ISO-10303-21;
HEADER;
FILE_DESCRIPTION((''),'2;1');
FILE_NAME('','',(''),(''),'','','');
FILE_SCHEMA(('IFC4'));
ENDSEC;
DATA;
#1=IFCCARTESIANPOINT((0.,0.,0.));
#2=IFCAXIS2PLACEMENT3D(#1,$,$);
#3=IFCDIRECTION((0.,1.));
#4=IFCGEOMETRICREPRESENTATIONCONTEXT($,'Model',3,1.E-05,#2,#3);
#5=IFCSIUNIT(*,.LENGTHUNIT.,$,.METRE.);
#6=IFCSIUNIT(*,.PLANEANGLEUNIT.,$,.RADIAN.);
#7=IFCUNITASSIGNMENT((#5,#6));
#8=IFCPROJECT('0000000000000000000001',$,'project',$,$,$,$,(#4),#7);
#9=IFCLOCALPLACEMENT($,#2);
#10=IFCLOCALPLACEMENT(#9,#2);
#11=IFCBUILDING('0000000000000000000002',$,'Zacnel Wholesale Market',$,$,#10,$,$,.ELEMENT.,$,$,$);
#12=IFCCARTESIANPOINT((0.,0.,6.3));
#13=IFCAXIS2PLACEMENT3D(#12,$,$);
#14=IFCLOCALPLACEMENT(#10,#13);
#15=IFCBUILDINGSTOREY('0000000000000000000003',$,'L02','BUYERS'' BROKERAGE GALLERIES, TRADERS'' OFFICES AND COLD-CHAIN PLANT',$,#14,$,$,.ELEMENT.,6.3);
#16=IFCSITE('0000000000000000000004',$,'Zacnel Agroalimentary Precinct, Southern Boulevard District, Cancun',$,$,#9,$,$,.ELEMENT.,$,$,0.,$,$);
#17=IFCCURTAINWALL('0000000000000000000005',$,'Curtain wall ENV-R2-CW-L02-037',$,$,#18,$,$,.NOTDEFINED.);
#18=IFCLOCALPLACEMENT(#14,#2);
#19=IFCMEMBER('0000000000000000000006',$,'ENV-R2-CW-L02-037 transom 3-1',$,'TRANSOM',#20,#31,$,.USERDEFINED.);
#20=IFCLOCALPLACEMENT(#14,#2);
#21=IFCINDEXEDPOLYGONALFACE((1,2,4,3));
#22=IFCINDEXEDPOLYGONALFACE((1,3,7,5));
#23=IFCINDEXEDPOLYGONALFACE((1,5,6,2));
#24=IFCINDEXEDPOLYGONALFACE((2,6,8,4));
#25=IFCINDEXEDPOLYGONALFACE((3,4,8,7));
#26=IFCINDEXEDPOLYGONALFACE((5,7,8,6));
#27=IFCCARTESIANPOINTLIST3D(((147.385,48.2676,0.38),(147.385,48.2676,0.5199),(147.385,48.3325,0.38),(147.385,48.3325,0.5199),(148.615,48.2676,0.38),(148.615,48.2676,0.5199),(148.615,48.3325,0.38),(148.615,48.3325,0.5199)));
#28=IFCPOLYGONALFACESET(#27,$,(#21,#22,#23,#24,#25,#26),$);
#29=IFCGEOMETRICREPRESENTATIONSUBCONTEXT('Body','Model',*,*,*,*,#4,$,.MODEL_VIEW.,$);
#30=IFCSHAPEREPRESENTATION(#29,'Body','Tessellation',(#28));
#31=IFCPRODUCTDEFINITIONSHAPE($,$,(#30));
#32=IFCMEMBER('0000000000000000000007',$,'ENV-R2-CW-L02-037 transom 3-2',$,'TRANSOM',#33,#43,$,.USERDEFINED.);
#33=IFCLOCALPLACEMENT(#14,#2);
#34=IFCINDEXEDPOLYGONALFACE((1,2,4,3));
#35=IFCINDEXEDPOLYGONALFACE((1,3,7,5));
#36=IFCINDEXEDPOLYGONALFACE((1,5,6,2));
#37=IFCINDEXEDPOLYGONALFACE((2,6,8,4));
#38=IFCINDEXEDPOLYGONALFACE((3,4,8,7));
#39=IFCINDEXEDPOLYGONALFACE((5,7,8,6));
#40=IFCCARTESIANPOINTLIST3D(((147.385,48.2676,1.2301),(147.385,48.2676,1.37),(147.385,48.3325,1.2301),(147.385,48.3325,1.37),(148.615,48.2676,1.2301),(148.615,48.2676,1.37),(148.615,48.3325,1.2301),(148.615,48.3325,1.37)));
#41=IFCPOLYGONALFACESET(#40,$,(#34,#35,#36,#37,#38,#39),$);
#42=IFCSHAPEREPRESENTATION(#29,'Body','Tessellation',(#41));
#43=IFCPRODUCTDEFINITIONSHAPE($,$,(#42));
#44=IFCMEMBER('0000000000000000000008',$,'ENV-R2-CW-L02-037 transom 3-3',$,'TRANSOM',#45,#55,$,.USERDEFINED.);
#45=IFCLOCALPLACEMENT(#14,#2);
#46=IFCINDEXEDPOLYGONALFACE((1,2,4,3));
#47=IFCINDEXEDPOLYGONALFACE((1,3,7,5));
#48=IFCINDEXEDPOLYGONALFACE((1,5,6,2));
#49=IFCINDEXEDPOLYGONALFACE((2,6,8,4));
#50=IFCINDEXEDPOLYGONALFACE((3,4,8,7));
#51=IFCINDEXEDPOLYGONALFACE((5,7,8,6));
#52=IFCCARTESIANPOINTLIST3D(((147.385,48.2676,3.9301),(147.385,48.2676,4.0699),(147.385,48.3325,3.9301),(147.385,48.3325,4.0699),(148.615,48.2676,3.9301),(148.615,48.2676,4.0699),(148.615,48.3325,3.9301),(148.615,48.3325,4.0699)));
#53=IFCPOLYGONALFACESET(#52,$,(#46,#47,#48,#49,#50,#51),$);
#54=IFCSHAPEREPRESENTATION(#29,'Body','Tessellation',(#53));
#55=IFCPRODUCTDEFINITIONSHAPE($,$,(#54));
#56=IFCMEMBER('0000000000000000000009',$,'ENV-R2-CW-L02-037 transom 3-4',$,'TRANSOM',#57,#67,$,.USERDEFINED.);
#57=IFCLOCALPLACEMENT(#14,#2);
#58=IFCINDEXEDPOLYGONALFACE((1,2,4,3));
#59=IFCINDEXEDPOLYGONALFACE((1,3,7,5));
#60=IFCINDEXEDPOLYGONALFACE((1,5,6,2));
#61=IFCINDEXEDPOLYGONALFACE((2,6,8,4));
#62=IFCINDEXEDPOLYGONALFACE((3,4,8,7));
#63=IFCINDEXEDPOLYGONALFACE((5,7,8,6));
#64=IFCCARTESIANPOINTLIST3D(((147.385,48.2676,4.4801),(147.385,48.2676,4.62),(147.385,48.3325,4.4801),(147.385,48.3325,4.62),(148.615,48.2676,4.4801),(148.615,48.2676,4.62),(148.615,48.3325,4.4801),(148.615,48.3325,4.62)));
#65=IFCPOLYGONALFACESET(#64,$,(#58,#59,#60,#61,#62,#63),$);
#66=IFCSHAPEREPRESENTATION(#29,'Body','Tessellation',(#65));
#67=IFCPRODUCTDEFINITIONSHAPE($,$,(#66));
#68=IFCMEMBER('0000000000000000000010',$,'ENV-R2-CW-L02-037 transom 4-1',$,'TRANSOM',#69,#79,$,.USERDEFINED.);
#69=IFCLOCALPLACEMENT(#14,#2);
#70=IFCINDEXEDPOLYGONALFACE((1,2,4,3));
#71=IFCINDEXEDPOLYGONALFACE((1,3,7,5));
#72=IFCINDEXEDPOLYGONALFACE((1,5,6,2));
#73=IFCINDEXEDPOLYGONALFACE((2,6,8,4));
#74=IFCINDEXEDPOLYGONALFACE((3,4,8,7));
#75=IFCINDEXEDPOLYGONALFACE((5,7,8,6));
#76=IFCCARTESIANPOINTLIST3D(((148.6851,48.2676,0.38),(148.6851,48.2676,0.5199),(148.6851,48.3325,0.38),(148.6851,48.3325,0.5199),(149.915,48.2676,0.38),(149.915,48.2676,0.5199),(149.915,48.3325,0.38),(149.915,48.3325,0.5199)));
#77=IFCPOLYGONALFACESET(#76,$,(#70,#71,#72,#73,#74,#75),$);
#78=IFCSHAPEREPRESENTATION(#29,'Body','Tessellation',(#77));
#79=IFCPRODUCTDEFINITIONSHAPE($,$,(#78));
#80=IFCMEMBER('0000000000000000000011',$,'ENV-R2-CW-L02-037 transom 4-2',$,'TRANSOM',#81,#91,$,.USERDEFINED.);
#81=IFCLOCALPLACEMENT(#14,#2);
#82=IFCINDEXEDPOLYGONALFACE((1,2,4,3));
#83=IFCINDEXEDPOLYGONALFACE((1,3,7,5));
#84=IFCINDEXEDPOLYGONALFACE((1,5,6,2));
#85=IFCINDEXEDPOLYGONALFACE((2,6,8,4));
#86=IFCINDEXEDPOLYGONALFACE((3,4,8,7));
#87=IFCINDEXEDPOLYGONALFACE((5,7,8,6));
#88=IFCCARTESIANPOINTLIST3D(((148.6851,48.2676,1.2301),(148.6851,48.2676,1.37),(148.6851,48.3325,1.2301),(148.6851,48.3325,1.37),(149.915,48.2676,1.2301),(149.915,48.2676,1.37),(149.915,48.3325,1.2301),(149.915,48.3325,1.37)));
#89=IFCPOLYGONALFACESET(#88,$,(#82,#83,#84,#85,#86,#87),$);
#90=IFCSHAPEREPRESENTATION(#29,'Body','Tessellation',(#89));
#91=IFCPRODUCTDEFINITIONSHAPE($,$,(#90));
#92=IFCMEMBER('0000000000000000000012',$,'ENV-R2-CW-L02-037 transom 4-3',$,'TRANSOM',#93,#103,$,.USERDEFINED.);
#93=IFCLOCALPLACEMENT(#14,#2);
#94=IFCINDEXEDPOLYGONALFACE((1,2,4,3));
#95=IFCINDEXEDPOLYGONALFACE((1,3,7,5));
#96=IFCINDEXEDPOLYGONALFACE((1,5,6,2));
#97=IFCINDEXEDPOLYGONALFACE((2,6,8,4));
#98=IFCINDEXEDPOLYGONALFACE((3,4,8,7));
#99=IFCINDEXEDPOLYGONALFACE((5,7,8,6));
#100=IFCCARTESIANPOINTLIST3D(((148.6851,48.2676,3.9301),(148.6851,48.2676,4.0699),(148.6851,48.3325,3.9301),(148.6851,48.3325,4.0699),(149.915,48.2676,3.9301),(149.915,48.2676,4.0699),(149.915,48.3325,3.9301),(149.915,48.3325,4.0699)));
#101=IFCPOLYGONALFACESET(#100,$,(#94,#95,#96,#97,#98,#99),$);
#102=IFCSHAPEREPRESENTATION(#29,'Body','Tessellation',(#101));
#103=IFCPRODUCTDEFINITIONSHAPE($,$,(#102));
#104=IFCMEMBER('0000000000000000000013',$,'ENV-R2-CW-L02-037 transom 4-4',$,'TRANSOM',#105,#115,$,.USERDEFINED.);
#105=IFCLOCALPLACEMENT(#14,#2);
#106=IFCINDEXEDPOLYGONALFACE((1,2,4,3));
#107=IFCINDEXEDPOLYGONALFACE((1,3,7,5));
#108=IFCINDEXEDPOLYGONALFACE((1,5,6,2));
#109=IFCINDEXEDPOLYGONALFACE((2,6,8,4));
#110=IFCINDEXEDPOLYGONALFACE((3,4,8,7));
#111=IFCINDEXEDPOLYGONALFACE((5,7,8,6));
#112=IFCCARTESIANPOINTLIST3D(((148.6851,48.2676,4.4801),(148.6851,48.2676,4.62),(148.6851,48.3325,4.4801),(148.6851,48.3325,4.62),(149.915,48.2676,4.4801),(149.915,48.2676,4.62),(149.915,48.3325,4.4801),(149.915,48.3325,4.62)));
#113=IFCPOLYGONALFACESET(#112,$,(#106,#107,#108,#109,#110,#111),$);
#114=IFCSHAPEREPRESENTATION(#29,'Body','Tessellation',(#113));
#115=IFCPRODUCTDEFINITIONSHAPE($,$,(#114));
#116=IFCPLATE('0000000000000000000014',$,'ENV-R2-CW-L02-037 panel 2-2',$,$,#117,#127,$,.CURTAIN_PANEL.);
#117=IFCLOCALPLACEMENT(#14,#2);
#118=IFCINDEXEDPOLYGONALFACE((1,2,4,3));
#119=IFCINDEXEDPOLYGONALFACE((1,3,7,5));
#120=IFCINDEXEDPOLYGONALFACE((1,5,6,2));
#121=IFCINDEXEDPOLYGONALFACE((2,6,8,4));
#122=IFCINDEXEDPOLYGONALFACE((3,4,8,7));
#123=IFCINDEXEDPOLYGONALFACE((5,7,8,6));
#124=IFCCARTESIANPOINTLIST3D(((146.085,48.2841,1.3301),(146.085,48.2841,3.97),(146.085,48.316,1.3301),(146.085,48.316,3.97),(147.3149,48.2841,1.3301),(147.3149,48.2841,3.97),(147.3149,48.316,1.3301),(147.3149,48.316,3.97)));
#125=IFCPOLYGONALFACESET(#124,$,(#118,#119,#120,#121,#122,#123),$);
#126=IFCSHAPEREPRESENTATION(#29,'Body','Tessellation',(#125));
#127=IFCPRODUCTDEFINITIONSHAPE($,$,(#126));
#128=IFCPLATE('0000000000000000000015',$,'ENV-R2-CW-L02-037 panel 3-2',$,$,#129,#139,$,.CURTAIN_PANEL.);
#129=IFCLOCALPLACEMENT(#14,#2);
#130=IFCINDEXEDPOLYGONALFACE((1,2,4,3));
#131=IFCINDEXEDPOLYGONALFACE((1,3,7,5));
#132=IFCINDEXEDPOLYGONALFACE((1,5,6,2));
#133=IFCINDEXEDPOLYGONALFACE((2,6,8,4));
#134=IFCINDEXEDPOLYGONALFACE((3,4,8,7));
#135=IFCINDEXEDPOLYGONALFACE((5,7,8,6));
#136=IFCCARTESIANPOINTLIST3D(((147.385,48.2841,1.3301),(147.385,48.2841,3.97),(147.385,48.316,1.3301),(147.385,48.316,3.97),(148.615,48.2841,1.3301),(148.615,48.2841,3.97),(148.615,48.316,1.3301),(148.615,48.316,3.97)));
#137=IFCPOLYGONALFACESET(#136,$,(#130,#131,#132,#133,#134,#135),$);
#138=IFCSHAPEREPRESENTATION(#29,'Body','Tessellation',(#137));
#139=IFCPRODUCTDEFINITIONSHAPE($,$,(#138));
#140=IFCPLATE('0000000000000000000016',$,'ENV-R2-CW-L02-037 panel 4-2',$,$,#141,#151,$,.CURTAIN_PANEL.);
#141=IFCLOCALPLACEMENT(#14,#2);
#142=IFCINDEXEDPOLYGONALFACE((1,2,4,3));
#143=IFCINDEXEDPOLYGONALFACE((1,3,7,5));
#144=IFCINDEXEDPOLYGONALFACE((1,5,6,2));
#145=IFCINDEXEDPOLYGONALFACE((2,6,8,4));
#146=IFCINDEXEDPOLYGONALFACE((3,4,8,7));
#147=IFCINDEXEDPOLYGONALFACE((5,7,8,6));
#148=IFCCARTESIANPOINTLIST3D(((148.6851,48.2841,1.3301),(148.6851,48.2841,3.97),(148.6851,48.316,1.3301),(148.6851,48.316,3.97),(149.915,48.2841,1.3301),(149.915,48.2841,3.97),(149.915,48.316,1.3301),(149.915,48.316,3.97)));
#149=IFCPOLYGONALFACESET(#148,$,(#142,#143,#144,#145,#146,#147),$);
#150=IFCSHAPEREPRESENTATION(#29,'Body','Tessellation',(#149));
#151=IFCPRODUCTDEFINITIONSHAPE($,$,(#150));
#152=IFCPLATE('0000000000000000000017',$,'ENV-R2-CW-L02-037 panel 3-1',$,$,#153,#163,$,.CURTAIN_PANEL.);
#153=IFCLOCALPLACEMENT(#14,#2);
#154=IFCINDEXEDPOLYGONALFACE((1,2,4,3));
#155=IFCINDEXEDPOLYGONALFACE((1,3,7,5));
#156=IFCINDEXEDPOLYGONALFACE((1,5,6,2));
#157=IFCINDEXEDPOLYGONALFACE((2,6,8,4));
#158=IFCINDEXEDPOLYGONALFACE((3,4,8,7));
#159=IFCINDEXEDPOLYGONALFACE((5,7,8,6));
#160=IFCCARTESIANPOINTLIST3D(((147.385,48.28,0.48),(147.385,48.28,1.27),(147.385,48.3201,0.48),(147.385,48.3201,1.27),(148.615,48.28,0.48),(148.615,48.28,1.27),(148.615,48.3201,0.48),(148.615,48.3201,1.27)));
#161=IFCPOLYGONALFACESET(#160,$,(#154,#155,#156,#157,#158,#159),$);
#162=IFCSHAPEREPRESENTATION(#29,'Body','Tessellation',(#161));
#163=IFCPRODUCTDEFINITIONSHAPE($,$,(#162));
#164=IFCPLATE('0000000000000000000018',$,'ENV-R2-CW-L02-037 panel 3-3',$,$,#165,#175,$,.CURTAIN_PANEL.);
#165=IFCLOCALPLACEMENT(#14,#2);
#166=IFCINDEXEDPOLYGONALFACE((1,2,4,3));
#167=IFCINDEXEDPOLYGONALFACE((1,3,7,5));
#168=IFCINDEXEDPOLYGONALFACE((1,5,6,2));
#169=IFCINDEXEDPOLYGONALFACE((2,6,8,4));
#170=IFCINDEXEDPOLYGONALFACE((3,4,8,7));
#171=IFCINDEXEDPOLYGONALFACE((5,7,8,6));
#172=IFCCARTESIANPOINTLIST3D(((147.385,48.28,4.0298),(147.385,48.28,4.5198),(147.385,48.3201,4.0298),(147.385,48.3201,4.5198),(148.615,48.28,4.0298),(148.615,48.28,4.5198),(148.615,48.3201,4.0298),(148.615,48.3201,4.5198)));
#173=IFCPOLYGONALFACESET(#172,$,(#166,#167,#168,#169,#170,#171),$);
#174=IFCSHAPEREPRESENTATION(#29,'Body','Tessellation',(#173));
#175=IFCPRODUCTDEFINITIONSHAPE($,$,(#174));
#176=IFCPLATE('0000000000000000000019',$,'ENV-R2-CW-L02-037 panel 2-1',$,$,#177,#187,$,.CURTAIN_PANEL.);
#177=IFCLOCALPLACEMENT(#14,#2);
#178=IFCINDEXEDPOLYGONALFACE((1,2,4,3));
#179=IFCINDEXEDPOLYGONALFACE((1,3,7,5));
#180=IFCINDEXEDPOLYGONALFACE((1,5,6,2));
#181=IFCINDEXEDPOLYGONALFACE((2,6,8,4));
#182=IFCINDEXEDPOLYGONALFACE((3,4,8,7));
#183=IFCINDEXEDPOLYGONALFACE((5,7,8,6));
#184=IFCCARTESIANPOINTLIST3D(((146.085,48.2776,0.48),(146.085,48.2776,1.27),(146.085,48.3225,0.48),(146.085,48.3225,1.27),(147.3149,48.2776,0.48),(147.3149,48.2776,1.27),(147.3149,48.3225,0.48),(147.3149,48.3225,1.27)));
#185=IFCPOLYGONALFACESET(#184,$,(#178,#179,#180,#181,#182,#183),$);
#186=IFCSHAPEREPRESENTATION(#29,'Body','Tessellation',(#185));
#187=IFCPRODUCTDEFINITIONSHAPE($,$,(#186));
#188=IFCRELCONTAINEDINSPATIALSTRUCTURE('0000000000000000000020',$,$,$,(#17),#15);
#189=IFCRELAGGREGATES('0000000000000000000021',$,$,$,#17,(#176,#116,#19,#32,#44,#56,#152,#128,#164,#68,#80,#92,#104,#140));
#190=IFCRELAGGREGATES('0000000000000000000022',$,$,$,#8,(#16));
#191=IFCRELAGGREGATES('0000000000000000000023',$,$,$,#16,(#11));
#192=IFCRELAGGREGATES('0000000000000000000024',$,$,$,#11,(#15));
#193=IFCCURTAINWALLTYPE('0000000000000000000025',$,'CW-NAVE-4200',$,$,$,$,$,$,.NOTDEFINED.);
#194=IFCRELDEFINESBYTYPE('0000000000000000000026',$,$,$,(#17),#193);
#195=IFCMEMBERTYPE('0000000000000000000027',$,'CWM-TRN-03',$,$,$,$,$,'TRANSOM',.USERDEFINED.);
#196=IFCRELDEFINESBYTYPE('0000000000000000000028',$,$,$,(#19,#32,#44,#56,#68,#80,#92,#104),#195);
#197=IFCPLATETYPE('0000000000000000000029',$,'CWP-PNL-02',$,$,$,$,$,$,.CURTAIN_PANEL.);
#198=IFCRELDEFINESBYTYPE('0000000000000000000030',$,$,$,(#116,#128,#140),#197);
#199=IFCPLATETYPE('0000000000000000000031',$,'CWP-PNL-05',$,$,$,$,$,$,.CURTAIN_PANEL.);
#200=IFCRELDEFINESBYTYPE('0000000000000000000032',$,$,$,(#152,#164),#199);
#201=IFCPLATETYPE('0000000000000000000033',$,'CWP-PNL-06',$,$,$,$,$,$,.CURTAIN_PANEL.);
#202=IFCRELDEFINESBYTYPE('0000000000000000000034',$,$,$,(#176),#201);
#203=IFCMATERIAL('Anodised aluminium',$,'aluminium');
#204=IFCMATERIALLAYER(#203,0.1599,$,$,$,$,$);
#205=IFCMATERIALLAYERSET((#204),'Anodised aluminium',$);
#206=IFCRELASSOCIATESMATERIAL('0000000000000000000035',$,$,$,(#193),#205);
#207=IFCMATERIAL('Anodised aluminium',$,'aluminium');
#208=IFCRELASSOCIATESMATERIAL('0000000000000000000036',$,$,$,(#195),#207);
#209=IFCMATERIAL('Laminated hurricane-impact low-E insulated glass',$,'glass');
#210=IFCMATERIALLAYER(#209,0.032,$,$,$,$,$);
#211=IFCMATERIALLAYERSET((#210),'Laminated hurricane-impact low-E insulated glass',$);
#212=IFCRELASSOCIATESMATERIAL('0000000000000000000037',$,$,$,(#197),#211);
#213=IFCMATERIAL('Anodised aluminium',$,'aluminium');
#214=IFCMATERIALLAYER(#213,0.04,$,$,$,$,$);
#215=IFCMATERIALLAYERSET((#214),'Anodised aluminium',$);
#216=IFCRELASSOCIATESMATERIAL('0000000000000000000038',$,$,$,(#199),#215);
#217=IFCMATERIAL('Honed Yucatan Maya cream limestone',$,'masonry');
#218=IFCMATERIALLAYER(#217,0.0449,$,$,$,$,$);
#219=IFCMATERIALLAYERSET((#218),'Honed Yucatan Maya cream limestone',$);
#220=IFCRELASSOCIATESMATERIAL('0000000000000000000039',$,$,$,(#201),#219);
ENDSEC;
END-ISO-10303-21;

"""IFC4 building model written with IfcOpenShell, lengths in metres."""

from ifc_helpers import new_model, si_unit, direction, frame, origin, origin_2d, place, context, subcontext, project, spatial, rectangle, extrude, material, layer, layer_set, material_profile, profile_set, type_object, element, aggregate, save


model = new_model("IFC4")

# Units and contexts
model_context = context("Model", 3, precision=1e-05, world=origin(), true_north=direction((0.0, 1.0)))
body_context = subcontext(model_context, "Body", "Model", "MODEL_VIEW")
ifc_project = project(units=[si_unit("LENGTHUNIT", "METRE"), si_unit("PLANEANGLEUNIT", "RADIAN")], contexts=[model_context])

# Site, building, storey
site_placement = place(None, origin())
site = spatial("IfcSite", under=ifc_project, at=site_placement, Name="Zacnel Agroalimentary Precinct, Southern Boulevard District, Cancun", CompositionType="ELEMENT", RefElevation=0.0)
building_placement = place(site_placement, origin())
building = spatial("IfcBuilding", under=site, at=building_placement, Name="Zacnel Wholesale Market", CompositionType="ELEMENT")
storey_placement = place(building_placement, frame((0.0, 0.0, 6.3)))
storey = spatial("IfcBuildingStorey", under=building, at=storey_placement, Name="L02", Description="BUYERS' BROKERAGE GALLERIES, TRADERS' OFFICES AND COLD-CHAIN PLANT", CompositionType="ELEMENT", Elevation=6.3)

# Curtain wall, members, plates
ifc_material_1 = material(Name="Anodised aluminium", Category="aluminium")
ifc_layer_1 = layer(ifc_material_1, 0.1599)
ifc_layer_set_1 = layer_set([ifc_layer_1], Name="Anodised aluminium")
curtain_wall_type = type_object("IfcCurtainWallType", Name="CW-NAVE-4200", PredefinedType="NOTDEFINED", material=ifc_layer_set_1)
curtain_wall_placement = place(storey_placement, origin())
curtain_wall = element("IfcCurtainWall", 1, at=curtain_wall_placement, inside=storey, type_object=curtain_wall_type, Name="Curtain wall ENV-R2-CW-L02-037", PredefinedType="NOTDEFINED")
ifc_material_2 = material(Name="Anodised aluminium", Category="aluminium")
ifc_material_profile_1 = material_profile(ifc_material_2, rectangle(XDim=0.0649, YDim=0.1399, at=origin_2d()), Name="AW-TRANSOM 65x140")
ifc_profile_set_1 = profile_set([ifc_material_profile_1], Name="Anodised aluminium")
member_type_1 = type_object("IfcMemberType", Name="CWM-TRN-03", ElementType="TRANSOM", PredefinedType="USERDEFINED", material=ifc_profile_set_1)
member_1_placement = place(storey_placement, frame((147.385, 48.3, 0.45), z_axis=(1.0, 0.0, 0.0), x_axis=(0.0, 1.0, 0.0)))
member_1 = element("IfcMember", 2, at=member_1_placement, type_object=member_type_1, Name="ENV-R2-CW-L02-037 transom 3-1", ObjectType="TRANSOM", PredefinedType="USERDEFINED", context=body_context, shape_type="SweptSolid", body=[
    extrude(rectangle(XDim=0.0649, YDim=0.1399, at=origin_2d()), origin(), (0.0, 0.0, 1.0), 1.23),
])
member_2_placement = place(storey_placement, frame((147.385, 48.3, 1.3), z_axis=(1.0, 0.0, 0.0), x_axis=(0.0, 1.0, 0.0)))
member_2 = element("IfcMember", 3, at=member_2_placement, type_object=member_type_1, Name="ENV-R2-CW-L02-037 transom 3-2", ObjectType="TRANSOM", PredefinedType="USERDEFINED", context=body_context, shape_type="SweptSolid", body=[
    extrude(rectangle(XDim=0.0649, YDim=0.1399, at=origin_2d()), origin(), (0.0, 0.0, 1.0), 1.23),
])
member_3_placement = place(storey_placement, frame((147.385, 48.3, 4.0), z_axis=(1.0, 0.0, 0.0), x_axis=(0.0, 1.0, 0.0)))
member_3 = element("IfcMember", 4, at=member_3_placement, type_object=member_type_1, Name="ENV-R2-CW-L02-037 transom 3-3", ObjectType="TRANSOM", PredefinedType="USERDEFINED", context=body_context, shape_type="SweptSolid", body=[
    extrude(rectangle(XDim=0.0649, YDim=0.1399, at=origin_2d()), origin(), (0.0, 0.0, 1.0), 1.23),
])
member_4_placement = place(storey_placement, frame((147.385, 48.3, 4.55), z_axis=(1.0, 0.0, 0.0), x_axis=(0.0, 1.0, 0.0)))
member_4 = element("IfcMember", 5, at=member_4_placement, type_object=member_type_1, Name="ENV-R2-CW-L02-037 transom 3-4", ObjectType="TRANSOM", PredefinedType="USERDEFINED", context=body_context, shape_type="SweptSolid", body=[
    extrude(rectangle(XDim=0.0649, YDim=0.1399, at=origin_2d()), origin(), (0.0, 0.0, 1.0), 1.23),
])
member_5_placement = place(storey_placement, frame((148.6851, 48.3, 0.45), z_axis=(1.0, 0.0, 0.0), x_axis=(0.0, 1.0, 0.0)))
member_5 = element("IfcMember", 6, at=member_5_placement, type_object=member_type_1, Name="ENV-R2-CW-L02-037 transom 4-1", ObjectType="TRANSOM", PredefinedType="USERDEFINED", context=body_context, shape_type="SweptSolid", body=[
    extrude(rectangle(XDim=0.0649, YDim=0.1399, at=origin_2d()), origin(), (0.0, 0.0, 1.0), 1.23),
])
member_6_placement = place(storey_placement, frame((148.6851, 48.3, 1.3), z_axis=(1.0, 0.0, 0.0), x_axis=(0.0, 1.0, 0.0)))
member_6 = element("IfcMember", 7, at=member_6_placement, type_object=member_type_1, Name="ENV-R2-CW-L02-037 transom 4-2", ObjectType="TRANSOM", PredefinedType="USERDEFINED", context=body_context, shape_type="SweptSolid", body=[
    extrude(rectangle(XDim=0.0649, YDim=0.1399, at=origin_2d()), origin(), (0.0, 0.0, 1.0), 1.23),
])
member_7_placement = place(storey_placement, frame((148.6851, 48.3, 4.0), z_axis=(1.0, 0.0, 0.0), x_axis=(0.0, 1.0, 0.0)))
member_7 = element("IfcMember", 8, at=member_7_placement, type_object=member_type_1, Name="ENV-R2-CW-L02-037 transom 4-3", ObjectType="TRANSOM", PredefinedType="USERDEFINED", context=body_context, shape_type="SweptSolid", body=[
    extrude(rectangle(XDim=0.0649, YDim=0.1399, at=origin_2d()), origin(), (0.0, 0.0, 1.0), 1.23),
])
member_8_placement = place(storey_placement, frame((148.6851, 48.3, 4.55), z_axis=(1.0, 0.0, 0.0), x_axis=(0.0, 1.0, 0.0)))
member_8 = element("IfcMember", 9, at=member_8_placement, type_object=member_type_1, Name="ENV-R2-CW-L02-037 transom 4-4", ObjectType="TRANSOM", PredefinedType="USERDEFINED", context=body_context, shape_type="SweptSolid", body=[
    extrude(rectangle(XDim=0.0649, YDim=0.1399, at=origin_2d()), origin(), (0.0, 0.0, 1.0), 1.23),
])
ifc_material_3 = material(Name="Laminated hurricane-impact low-E insulated glass", Category="glass")
ifc_layer_2 = layer(ifc_material_3, 0.032)
ifc_layer_set_2 = layer_set([ifc_layer_2], Name="Laminated hurricane-impact low-E insulated glass")
plate_type_1 = type_object("IfcPlateType", Name="CWP-PNL-02", PredefinedType="CURTAIN_PANEL", material=ifc_layer_set_2)
plate_1_placement = place(storey_placement, frame((146.7, 48.3, 1.3301), z_axis=(0.0, 0.0, 1.0), x_axis=(1.0, 0.0, 0.0)))
plate_1 = element("IfcPlate", 10, at=plate_1_placement, type_object=plate_type_1, Name="ENV-R2-CW-L02-037 panel 2-2", PredefinedType="CURTAIN_PANEL", context=body_context, shape_type="SweptSolid", body=[
    extrude(rectangle(XDim=1.23, YDim=0.032, at=origin_2d()), origin(), (0.0, 0.0, 1.0), 2.6399),
])
plate_2_placement = place(storey_placement, frame((148.0, 48.3, 1.3301), z_axis=(0.0, 0.0, 1.0), x_axis=(1.0, 0.0, 0.0)))
plate_2 = element("IfcPlate", 11, at=plate_2_placement, type_object=plate_type_1, Name="ENV-R2-CW-L02-037 panel 3-2", PredefinedType="CURTAIN_PANEL", context=body_context, shape_type="SweptSolid", body=[
    extrude(rectangle(XDim=1.23, YDim=0.032, at=origin_2d()), origin(), (0.0, 0.0, 1.0), 2.6399),
])
plate_3_placement = place(storey_placement, frame((149.3, 48.3, 1.3301), z_axis=(0.0, 0.0, 1.0), x_axis=(1.0, 0.0, 0.0)))
plate_3 = element("IfcPlate", 12, at=plate_3_placement, type_object=plate_type_1, Name="ENV-R2-CW-L02-037 panel 4-2", PredefinedType="CURTAIN_PANEL", context=body_context, shape_type="SweptSolid", body=[
    extrude(rectangle(XDim=1.23, YDim=0.032, at=origin_2d()), origin(), (0.0, 0.0, 1.0), 2.6399),
])
ifc_material_4 = material(Name="Anodised aluminium", Category="aluminium")
ifc_layer_3 = layer(ifc_material_4, 0.04)
ifc_layer_set_3 = layer_set([ifc_layer_3], Name="Anodised aluminium")
plate_type_2 = type_object("IfcPlateType", Name="CWP-PNL-05", PredefinedType="CURTAIN_PANEL", material=ifc_layer_set_3)
plate_4_placement = place(storey_placement, frame((148.0, 48.3, 0.48), z_axis=(0.0, 0.0, 1.0), x_axis=(1.0, 0.0, 0.0)))
plate_4 = element("IfcPlate", 13, at=plate_4_placement, type_object=plate_type_2, Name="ENV-R2-CW-L02-037 panel 3-1", PredefinedType="CURTAIN_PANEL", context=body_context, shape_type="SweptSolid", body=[
    extrude(rectangle(XDim=1.23, YDim=0.04, at=origin_2d()), origin(), (0.0, 0.0, 1.0), 0.79),
])
plate_5_placement = place(storey_placement, frame((148.0, 48.3, 4.0298), z_axis=(0.0, 0.0, 1.0), x_axis=(1.0, 0.0, 0.0)))
plate_5 = element("IfcPlate", 14, at=plate_5_placement, type_object=plate_type_2, Name="ENV-R2-CW-L02-037 panel 3-3", PredefinedType="CURTAIN_PANEL", context=body_context, shape_type="SweptSolid", body=[
    extrude(rectangle(XDim=1.23, YDim=0.04, at=origin_2d()), origin(), (0.0, 0.0, 1.0), 0.49),
])
ifc_material_5 = material(Name="Honed Yucatan Maya cream limestone", Category="masonry")
ifc_layer_4 = layer(ifc_material_5, 0.0449)
ifc_layer_set_4 = layer_set([ifc_layer_4], Name="Honed Yucatan Maya cream limestone")
plate_type_3 = type_object("IfcPlateType", Name="CWP-PNL-06", PredefinedType="CURTAIN_PANEL", material=ifc_layer_set_4)
plate_6_placement = place(storey_placement, frame((146.7, 48.3, 0.48), z_axis=(0.0, 0.0, 1.0), x_axis=(1.0, 0.0, 0.0)))
plate_6 = element("IfcPlate", 15, at=plate_6_placement, type_object=plate_type_3, Name="ENV-R2-CW-L02-037 panel 2-1", PredefinedType="CURTAIN_PANEL", context=body_context, shape_type="SweptSolid", body=[
    extrude(rectangle(XDim=1.23, YDim=0.0449, at=origin_2d()), origin(), (0.0, 0.0, 1.0), 0.79),
])
aggregate(curtain_wall, [plate_6, plate_1, member_1, member_2, member_3, member_4, plate_4, plate_2, plate_5, member_5, member_6, member_7, member_8, plate_3])

save(model, "model.ifc")
